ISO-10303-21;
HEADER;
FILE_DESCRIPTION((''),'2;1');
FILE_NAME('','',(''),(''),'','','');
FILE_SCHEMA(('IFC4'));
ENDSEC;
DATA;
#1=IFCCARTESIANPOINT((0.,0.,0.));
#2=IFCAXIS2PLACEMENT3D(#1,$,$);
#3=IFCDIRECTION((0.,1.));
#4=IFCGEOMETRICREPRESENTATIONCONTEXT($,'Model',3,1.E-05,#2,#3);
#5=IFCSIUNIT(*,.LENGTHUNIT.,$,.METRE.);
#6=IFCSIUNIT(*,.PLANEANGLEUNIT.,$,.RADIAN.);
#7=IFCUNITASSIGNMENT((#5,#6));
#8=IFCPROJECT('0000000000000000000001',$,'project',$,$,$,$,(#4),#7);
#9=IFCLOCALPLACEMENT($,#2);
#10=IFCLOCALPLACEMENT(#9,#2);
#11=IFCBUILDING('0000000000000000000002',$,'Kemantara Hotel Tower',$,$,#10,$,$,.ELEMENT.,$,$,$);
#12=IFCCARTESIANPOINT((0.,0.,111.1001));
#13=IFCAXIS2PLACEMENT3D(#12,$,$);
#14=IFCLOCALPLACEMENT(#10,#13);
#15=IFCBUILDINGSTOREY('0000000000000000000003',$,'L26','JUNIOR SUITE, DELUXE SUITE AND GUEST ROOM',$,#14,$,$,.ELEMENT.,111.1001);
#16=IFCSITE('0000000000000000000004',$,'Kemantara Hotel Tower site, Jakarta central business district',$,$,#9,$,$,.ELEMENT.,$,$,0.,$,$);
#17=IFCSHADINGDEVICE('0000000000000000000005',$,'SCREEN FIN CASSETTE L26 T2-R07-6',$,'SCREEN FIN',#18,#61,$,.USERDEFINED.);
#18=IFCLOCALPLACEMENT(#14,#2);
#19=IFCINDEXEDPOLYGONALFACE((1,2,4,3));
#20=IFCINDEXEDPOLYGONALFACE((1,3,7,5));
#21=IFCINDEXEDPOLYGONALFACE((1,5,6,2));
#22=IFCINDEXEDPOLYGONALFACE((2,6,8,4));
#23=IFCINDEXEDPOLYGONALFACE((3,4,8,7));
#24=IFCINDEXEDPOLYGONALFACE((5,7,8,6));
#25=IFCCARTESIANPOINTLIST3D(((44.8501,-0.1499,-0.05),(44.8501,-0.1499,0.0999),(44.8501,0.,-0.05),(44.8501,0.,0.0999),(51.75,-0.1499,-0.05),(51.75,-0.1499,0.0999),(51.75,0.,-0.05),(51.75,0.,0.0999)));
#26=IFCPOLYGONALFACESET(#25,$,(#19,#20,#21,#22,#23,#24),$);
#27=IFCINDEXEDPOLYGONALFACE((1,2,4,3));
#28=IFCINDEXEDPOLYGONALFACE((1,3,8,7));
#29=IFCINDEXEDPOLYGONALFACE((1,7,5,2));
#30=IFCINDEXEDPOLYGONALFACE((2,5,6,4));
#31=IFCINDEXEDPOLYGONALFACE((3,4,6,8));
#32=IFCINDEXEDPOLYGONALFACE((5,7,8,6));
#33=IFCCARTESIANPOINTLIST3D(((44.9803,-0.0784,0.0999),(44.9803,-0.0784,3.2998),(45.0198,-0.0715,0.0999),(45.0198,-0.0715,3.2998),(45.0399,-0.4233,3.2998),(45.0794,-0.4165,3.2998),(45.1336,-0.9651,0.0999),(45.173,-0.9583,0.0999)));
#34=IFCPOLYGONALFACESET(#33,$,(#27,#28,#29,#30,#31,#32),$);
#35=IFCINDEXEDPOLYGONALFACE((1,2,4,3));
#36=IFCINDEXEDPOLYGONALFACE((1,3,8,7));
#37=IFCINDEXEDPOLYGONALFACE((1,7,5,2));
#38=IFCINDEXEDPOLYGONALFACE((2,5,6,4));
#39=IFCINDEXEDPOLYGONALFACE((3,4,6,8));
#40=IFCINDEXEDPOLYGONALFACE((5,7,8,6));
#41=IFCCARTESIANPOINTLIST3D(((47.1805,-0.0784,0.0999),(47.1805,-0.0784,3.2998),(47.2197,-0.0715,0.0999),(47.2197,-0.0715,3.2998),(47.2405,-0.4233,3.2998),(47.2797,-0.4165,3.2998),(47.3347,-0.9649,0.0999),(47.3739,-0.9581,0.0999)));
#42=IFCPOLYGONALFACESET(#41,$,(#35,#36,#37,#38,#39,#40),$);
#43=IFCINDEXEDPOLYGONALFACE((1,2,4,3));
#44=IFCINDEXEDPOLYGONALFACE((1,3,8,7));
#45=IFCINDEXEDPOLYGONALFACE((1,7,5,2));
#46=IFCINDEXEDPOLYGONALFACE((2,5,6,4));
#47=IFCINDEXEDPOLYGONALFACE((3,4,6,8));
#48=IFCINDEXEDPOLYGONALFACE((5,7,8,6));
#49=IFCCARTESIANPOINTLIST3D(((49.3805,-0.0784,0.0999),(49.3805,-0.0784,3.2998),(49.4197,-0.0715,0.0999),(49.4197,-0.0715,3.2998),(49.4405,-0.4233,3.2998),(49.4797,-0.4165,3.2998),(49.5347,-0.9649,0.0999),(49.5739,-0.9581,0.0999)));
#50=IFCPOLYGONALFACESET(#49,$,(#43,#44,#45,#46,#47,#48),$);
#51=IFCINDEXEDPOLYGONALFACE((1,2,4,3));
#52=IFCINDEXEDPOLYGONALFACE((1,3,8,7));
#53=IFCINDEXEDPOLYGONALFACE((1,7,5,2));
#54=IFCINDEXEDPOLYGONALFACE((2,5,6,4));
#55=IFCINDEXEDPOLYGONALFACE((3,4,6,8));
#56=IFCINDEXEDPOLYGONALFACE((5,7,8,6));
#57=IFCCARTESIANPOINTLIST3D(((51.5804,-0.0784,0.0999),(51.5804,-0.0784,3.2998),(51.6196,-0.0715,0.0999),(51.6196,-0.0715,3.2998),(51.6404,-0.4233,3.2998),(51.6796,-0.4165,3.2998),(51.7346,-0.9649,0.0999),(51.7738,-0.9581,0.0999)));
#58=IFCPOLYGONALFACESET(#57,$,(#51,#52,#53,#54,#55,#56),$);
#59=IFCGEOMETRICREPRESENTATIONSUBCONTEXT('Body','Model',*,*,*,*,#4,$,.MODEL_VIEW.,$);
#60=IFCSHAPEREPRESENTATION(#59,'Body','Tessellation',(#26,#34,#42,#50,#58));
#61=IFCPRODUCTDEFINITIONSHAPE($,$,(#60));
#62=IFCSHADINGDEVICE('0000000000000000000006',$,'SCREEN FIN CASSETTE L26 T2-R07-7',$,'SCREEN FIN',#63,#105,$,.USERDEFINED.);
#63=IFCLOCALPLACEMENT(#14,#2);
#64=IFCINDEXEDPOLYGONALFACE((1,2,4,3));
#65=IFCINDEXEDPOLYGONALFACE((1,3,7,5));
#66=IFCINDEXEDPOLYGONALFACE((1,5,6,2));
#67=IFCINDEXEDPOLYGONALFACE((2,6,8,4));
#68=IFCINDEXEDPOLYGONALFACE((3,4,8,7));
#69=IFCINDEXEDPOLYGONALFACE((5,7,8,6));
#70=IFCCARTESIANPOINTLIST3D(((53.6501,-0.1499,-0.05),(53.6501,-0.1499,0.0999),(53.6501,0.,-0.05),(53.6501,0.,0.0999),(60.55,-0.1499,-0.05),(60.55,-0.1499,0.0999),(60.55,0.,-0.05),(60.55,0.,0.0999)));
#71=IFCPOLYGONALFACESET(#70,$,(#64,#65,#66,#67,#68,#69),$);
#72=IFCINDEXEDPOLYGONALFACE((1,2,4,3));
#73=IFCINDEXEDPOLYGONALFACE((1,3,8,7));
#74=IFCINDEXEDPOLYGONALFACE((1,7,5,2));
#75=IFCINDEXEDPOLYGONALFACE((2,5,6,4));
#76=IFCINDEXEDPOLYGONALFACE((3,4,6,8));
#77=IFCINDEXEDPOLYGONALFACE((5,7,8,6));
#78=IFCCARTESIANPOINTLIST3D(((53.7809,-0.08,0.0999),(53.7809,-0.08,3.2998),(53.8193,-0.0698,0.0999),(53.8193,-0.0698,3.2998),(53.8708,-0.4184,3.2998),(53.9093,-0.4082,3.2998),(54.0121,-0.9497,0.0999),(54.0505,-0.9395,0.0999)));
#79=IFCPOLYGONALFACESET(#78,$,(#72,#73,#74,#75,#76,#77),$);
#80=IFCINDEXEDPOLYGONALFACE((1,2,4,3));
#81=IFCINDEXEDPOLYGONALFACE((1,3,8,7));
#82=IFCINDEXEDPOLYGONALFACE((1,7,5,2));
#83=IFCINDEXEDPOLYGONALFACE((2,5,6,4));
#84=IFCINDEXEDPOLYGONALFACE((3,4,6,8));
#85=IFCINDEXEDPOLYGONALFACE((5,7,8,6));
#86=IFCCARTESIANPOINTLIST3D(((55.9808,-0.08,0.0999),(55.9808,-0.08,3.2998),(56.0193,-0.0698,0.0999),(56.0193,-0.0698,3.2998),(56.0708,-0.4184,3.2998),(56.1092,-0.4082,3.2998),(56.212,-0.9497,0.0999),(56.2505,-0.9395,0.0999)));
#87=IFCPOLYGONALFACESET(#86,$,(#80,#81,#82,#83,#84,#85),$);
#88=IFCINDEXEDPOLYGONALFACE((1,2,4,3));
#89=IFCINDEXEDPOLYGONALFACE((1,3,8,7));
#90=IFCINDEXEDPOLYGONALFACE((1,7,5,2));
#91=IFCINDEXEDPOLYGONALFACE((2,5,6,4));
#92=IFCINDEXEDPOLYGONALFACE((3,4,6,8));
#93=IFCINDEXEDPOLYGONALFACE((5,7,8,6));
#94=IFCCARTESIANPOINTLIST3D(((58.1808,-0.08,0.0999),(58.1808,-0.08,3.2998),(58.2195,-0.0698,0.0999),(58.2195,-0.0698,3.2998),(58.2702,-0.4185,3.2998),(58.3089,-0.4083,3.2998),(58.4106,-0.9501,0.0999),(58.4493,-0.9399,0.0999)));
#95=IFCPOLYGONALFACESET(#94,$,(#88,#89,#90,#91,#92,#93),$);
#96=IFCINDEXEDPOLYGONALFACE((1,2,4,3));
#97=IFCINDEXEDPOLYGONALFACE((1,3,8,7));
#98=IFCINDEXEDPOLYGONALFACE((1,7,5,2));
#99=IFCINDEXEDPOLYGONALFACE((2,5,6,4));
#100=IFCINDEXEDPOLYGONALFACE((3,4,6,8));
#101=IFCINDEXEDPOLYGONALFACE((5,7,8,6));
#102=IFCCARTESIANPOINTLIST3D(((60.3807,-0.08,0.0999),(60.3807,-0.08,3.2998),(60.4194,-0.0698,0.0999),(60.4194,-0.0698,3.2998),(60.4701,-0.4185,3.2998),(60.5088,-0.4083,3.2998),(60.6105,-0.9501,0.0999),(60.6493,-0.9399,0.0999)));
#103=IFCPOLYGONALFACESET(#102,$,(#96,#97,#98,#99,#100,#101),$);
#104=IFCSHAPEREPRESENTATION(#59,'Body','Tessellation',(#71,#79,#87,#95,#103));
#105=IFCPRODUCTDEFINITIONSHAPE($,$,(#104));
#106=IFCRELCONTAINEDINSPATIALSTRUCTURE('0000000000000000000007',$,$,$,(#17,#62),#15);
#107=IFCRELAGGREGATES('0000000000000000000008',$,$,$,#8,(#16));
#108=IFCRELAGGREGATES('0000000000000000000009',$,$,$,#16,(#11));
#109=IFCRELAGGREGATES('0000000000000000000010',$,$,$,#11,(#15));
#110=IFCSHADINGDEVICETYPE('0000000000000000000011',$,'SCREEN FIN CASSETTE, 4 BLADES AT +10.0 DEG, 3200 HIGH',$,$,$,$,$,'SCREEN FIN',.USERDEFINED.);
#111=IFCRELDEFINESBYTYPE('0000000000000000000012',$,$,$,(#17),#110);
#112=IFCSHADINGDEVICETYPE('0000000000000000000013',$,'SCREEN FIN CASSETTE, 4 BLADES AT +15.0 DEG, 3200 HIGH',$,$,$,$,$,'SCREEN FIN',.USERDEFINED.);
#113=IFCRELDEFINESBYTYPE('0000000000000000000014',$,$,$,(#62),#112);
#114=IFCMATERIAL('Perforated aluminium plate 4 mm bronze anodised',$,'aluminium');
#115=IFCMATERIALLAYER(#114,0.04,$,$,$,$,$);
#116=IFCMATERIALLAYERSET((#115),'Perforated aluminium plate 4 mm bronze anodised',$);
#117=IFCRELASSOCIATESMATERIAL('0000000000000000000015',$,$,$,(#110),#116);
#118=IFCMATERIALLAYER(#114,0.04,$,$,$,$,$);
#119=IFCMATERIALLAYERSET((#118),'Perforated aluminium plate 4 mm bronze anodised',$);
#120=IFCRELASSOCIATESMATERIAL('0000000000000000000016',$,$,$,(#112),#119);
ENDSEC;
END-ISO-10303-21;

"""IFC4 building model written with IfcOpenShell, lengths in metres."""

from ifc_helpers import new_model, si_unit, direction, frame, origin, origin_2d, place, context, subcontext, project, spatial, polyline, rectangle, outline, extrude, source, transform, mapped, material, layer, layer_set, type_object, element, save


model = new_model("IFC4")

# Units and contexts
model_context = context("Model", 3, precision=1e-05, world=origin(), true_north=direction((0.0, 1.0)))
body_context = subcontext(model_context, "Body", "Model", "MODEL_VIEW")
ifc_project = project(units=[si_unit("LENGTHUNIT", "METRE"), si_unit("PLANEANGLEUNIT", "RADIAN")], contexts=[model_context])

# Site, building, storey
site_placement = place(None, origin())
site = spatial("IfcSite", under=ifc_project, at=site_placement, Name="Kemantara Hotel Tower site, Jakarta central business district", CompositionType="ELEMENT", RefElevation=0.0)
building_placement = place(site_placement, origin())
building = spatial("IfcBuilding", under=site, at=building_placement, Name="Kemantara Hotel Tower", CompositionType="ELEMENT")
storey_placement = place(building_placement, frame((0.0, 0.0, 111.1001)))
storey = spatial("IfcBuildingStorey", under=building, at=storey_placement, Name="L26", Description="JUNIOR SUITE, DELUXE SUITE AND GUEST ROOM", CompositionType="ELEMENT", Elevation=111.1001)

# Shading devices
ifc_material_1 = material(Name="Perforated aluminium plate 4 mm bronze anodised", Category="aluminium")
ifc_layer_1 = layer(ifc_material_1, 0.04)
ifc_layer_set_1 = layer_set([ifc_layer_1], Name="Perforated aluminium plate 4 mm bronze anodised")
shading_device_type_1 = type_object("IfcShadingDeviceType", Name="SCREEN FIN CASSETTE, 4 BLADES AT +10.0 DEG, 3200 HIGH", ElementType="SCREEN FIN", PredefinedType="USERDEFINED", material=ifc_layer_set_1)
shared_shape_1 = source(origin(), body_context, "Body", "SweptSolid", [
    extrude(rectangle(XDim=6.8999, YDim=0.1499, at=origin_2d()), frame((3.3, -0.075, -0.1499), z_axis=(0.0, 0.0, 1.0), x_axis=(1.0, 0.0, 0.0)), (0.0, 0.0, 1.0), 0.1499),
    extrude(outline(polyline([(0.0, 0.0), (0.8999, 0.0), (0.3501, 3.2), (0.0, 3.2), (0.0, 0.0)])), frame((0.0198, -0.0715, 0.0), z_axis=(-0.98539, -0.170314, 0.0), x_axis=(0.170314, -0.98539, 0.0)), (0.0, 0.0, 1.0), 0.04),
    extrude(outline(polyline([(0.0, 0.0), (0.8999, 0.0), (0.3501, 3.2), (0.0, 3.2), (0.0, 0.0)])), frame((2.2197, -0.0715, 0.0), z_axis=(-0.985212, -0.171341, 0.0), x_axis=(0.171341, -0.985212, 0.0)), (0.0, 0.0, 1.0), 0.0398),
    extrude(outline(polyline([(0.0, 0.0), (0.8999, 0.0), (0.3501, 3.2), (0.0, 3.2), (0.0, 0.0)])), frame((4.4197, -0.0715, 0.0), z_axis=(-0.985212, -0.171341, 0.0), x_axis=(0.171341, -0.985212, 0.0)), (0.0, 0.0, 1.0), 0.0398),
    extrude(outline(polyline([(0.0, 0.0), (0.8999, 0.0), (0.3501, 3.2), (0.0, 3.2), (0.0, 0.0)])), frame((6.6196, -0.0715, 0.0), z_axis=(-0.985212, -0.171341, 0.0), x_axis=(0.171341, -0.985212, 0.0)), (0.0, 0.0, 1.0), 0.0398),
])
shading_device_1_placement = place(storey_placement, frame((45.0, 0.0, 0.0999), z_axis=(0.0, 0.0, 1.0), x_axis=(1.0, 0.0, 0.0)))
element("IfcShadingDevice", 1, at=shading_device_1_placement, inside=storey, type_object=shading_device_type_1, Name="SCREEN FIN CASSETTE L26 T2-R07-6", ObjectType="SCREEN FIN", PredefinedType="USERDEFINED", context=body_context, shape_type="MappedRepresentation", body=[
    mapped(shared_shape_1, transform((0.0, 0.0, 0.0))),
])
ifc_layer_2 = layer(ifc_material_1, 0.04)
ifc_layer_set_2 = layer_set([ifc_layer_2], Name="Perforated aluminium plate 4 mm bronze anodised")
shading_device_type_2 = type_object("IfcShadingDeviceType", Name="SCREEN FIN CASSETTE, 4 BLADES AT +15.0 DEG, 3200 HIGH", ElementType="SCREEN FIN", PredefinedType="USERDEFINED", material=ifc_layer_set_2)
shared_shape_2 = source(origin(), body_context, "Body", "SweptSolid", [
    extrude(rectangle(XDim=6.8999, YDim=0.1499, at=origin_2d()), frame((3.3, -0.075, -0.1499), z_axis=(0.0, 0.0, 1.0), x_axis=(1.0, 0.0, 0.0)), (0.0, 0.0, 1.0), 0.1499),
    extrude(outline(polyline([(0.0, 0.0), (0.8999, 0.0), (0.3501, 3.2), (0.0, 3.2), (0.0, 0.0)])), frame((0.0193, -0.0698, 0.0), z_axis=(-0.966438, -0.256901, 0.0), x_axis=(0.256901, -0.966438, 0.0)), (0.0, 0.0, 1.0), 0.0398),
    extrude(outline(polyline([(0.0, 0.0), (0.8999, 0.0), (0.3501, 3.2), (0.0, 3.2), (0.0, 0.0)])), frame((2.2192, -0.0698, 0.0), z_axis=(-0.966438, -0.256901, 0.0), x_axis=(0.256901, -0.966438, 0.0)), (0.0, 0.0, 1.0), 0.0398),
    extrude(outline(polyline([(0.0, 0.0), (0.8999, 0.0), (0.3501, 3.2), (0.0, 3.2), (0.0, 0.0)])), frame((4.4194, -0.0698, 0.0), z_axis=(-0.966838, -0.255391, 0.0), x_axis=(0.255391, -0.966838, 0.0)), (0.0, 0.0, 1.0), 0.04),
    extrude(outline(polyline([(0.0, 0.0), (0.8999, 0.0), (0.3501, 3.2), (0.0, 3.2), (0.0, 0.0)])), frame((6.6194, -0.0698, 0.0), z_axis=(-0.966838, -0.255391, 0.0), x_axis=(0.255391, -0.966838, 0.0)), (0.0, 0.0, 1.0), 0.04),
])
shading_device_2_placement = place(storey_placement, frame((53.8, 0.0, 0.0999), z_axis=(0.0, 0.0, 1.0), x_axis=(1.0, 0.0, 0.0)))
element("IfcShadingDevice", 2, at=shading_device_2_placement, inside=storey, type_object=shading_device_type_2, Name="SCREEN FIN CASSETTE L26 T2-R07-7", ObjectType="SCREEN FIN", PredefinedType="USERDEFINED", context=body_context, shape_type="MappedRepresentation", body=[
    mapped(shared_shape_2, transform((0.0, 0.0, 0.0))),
])

save(model, "model.ifc")
